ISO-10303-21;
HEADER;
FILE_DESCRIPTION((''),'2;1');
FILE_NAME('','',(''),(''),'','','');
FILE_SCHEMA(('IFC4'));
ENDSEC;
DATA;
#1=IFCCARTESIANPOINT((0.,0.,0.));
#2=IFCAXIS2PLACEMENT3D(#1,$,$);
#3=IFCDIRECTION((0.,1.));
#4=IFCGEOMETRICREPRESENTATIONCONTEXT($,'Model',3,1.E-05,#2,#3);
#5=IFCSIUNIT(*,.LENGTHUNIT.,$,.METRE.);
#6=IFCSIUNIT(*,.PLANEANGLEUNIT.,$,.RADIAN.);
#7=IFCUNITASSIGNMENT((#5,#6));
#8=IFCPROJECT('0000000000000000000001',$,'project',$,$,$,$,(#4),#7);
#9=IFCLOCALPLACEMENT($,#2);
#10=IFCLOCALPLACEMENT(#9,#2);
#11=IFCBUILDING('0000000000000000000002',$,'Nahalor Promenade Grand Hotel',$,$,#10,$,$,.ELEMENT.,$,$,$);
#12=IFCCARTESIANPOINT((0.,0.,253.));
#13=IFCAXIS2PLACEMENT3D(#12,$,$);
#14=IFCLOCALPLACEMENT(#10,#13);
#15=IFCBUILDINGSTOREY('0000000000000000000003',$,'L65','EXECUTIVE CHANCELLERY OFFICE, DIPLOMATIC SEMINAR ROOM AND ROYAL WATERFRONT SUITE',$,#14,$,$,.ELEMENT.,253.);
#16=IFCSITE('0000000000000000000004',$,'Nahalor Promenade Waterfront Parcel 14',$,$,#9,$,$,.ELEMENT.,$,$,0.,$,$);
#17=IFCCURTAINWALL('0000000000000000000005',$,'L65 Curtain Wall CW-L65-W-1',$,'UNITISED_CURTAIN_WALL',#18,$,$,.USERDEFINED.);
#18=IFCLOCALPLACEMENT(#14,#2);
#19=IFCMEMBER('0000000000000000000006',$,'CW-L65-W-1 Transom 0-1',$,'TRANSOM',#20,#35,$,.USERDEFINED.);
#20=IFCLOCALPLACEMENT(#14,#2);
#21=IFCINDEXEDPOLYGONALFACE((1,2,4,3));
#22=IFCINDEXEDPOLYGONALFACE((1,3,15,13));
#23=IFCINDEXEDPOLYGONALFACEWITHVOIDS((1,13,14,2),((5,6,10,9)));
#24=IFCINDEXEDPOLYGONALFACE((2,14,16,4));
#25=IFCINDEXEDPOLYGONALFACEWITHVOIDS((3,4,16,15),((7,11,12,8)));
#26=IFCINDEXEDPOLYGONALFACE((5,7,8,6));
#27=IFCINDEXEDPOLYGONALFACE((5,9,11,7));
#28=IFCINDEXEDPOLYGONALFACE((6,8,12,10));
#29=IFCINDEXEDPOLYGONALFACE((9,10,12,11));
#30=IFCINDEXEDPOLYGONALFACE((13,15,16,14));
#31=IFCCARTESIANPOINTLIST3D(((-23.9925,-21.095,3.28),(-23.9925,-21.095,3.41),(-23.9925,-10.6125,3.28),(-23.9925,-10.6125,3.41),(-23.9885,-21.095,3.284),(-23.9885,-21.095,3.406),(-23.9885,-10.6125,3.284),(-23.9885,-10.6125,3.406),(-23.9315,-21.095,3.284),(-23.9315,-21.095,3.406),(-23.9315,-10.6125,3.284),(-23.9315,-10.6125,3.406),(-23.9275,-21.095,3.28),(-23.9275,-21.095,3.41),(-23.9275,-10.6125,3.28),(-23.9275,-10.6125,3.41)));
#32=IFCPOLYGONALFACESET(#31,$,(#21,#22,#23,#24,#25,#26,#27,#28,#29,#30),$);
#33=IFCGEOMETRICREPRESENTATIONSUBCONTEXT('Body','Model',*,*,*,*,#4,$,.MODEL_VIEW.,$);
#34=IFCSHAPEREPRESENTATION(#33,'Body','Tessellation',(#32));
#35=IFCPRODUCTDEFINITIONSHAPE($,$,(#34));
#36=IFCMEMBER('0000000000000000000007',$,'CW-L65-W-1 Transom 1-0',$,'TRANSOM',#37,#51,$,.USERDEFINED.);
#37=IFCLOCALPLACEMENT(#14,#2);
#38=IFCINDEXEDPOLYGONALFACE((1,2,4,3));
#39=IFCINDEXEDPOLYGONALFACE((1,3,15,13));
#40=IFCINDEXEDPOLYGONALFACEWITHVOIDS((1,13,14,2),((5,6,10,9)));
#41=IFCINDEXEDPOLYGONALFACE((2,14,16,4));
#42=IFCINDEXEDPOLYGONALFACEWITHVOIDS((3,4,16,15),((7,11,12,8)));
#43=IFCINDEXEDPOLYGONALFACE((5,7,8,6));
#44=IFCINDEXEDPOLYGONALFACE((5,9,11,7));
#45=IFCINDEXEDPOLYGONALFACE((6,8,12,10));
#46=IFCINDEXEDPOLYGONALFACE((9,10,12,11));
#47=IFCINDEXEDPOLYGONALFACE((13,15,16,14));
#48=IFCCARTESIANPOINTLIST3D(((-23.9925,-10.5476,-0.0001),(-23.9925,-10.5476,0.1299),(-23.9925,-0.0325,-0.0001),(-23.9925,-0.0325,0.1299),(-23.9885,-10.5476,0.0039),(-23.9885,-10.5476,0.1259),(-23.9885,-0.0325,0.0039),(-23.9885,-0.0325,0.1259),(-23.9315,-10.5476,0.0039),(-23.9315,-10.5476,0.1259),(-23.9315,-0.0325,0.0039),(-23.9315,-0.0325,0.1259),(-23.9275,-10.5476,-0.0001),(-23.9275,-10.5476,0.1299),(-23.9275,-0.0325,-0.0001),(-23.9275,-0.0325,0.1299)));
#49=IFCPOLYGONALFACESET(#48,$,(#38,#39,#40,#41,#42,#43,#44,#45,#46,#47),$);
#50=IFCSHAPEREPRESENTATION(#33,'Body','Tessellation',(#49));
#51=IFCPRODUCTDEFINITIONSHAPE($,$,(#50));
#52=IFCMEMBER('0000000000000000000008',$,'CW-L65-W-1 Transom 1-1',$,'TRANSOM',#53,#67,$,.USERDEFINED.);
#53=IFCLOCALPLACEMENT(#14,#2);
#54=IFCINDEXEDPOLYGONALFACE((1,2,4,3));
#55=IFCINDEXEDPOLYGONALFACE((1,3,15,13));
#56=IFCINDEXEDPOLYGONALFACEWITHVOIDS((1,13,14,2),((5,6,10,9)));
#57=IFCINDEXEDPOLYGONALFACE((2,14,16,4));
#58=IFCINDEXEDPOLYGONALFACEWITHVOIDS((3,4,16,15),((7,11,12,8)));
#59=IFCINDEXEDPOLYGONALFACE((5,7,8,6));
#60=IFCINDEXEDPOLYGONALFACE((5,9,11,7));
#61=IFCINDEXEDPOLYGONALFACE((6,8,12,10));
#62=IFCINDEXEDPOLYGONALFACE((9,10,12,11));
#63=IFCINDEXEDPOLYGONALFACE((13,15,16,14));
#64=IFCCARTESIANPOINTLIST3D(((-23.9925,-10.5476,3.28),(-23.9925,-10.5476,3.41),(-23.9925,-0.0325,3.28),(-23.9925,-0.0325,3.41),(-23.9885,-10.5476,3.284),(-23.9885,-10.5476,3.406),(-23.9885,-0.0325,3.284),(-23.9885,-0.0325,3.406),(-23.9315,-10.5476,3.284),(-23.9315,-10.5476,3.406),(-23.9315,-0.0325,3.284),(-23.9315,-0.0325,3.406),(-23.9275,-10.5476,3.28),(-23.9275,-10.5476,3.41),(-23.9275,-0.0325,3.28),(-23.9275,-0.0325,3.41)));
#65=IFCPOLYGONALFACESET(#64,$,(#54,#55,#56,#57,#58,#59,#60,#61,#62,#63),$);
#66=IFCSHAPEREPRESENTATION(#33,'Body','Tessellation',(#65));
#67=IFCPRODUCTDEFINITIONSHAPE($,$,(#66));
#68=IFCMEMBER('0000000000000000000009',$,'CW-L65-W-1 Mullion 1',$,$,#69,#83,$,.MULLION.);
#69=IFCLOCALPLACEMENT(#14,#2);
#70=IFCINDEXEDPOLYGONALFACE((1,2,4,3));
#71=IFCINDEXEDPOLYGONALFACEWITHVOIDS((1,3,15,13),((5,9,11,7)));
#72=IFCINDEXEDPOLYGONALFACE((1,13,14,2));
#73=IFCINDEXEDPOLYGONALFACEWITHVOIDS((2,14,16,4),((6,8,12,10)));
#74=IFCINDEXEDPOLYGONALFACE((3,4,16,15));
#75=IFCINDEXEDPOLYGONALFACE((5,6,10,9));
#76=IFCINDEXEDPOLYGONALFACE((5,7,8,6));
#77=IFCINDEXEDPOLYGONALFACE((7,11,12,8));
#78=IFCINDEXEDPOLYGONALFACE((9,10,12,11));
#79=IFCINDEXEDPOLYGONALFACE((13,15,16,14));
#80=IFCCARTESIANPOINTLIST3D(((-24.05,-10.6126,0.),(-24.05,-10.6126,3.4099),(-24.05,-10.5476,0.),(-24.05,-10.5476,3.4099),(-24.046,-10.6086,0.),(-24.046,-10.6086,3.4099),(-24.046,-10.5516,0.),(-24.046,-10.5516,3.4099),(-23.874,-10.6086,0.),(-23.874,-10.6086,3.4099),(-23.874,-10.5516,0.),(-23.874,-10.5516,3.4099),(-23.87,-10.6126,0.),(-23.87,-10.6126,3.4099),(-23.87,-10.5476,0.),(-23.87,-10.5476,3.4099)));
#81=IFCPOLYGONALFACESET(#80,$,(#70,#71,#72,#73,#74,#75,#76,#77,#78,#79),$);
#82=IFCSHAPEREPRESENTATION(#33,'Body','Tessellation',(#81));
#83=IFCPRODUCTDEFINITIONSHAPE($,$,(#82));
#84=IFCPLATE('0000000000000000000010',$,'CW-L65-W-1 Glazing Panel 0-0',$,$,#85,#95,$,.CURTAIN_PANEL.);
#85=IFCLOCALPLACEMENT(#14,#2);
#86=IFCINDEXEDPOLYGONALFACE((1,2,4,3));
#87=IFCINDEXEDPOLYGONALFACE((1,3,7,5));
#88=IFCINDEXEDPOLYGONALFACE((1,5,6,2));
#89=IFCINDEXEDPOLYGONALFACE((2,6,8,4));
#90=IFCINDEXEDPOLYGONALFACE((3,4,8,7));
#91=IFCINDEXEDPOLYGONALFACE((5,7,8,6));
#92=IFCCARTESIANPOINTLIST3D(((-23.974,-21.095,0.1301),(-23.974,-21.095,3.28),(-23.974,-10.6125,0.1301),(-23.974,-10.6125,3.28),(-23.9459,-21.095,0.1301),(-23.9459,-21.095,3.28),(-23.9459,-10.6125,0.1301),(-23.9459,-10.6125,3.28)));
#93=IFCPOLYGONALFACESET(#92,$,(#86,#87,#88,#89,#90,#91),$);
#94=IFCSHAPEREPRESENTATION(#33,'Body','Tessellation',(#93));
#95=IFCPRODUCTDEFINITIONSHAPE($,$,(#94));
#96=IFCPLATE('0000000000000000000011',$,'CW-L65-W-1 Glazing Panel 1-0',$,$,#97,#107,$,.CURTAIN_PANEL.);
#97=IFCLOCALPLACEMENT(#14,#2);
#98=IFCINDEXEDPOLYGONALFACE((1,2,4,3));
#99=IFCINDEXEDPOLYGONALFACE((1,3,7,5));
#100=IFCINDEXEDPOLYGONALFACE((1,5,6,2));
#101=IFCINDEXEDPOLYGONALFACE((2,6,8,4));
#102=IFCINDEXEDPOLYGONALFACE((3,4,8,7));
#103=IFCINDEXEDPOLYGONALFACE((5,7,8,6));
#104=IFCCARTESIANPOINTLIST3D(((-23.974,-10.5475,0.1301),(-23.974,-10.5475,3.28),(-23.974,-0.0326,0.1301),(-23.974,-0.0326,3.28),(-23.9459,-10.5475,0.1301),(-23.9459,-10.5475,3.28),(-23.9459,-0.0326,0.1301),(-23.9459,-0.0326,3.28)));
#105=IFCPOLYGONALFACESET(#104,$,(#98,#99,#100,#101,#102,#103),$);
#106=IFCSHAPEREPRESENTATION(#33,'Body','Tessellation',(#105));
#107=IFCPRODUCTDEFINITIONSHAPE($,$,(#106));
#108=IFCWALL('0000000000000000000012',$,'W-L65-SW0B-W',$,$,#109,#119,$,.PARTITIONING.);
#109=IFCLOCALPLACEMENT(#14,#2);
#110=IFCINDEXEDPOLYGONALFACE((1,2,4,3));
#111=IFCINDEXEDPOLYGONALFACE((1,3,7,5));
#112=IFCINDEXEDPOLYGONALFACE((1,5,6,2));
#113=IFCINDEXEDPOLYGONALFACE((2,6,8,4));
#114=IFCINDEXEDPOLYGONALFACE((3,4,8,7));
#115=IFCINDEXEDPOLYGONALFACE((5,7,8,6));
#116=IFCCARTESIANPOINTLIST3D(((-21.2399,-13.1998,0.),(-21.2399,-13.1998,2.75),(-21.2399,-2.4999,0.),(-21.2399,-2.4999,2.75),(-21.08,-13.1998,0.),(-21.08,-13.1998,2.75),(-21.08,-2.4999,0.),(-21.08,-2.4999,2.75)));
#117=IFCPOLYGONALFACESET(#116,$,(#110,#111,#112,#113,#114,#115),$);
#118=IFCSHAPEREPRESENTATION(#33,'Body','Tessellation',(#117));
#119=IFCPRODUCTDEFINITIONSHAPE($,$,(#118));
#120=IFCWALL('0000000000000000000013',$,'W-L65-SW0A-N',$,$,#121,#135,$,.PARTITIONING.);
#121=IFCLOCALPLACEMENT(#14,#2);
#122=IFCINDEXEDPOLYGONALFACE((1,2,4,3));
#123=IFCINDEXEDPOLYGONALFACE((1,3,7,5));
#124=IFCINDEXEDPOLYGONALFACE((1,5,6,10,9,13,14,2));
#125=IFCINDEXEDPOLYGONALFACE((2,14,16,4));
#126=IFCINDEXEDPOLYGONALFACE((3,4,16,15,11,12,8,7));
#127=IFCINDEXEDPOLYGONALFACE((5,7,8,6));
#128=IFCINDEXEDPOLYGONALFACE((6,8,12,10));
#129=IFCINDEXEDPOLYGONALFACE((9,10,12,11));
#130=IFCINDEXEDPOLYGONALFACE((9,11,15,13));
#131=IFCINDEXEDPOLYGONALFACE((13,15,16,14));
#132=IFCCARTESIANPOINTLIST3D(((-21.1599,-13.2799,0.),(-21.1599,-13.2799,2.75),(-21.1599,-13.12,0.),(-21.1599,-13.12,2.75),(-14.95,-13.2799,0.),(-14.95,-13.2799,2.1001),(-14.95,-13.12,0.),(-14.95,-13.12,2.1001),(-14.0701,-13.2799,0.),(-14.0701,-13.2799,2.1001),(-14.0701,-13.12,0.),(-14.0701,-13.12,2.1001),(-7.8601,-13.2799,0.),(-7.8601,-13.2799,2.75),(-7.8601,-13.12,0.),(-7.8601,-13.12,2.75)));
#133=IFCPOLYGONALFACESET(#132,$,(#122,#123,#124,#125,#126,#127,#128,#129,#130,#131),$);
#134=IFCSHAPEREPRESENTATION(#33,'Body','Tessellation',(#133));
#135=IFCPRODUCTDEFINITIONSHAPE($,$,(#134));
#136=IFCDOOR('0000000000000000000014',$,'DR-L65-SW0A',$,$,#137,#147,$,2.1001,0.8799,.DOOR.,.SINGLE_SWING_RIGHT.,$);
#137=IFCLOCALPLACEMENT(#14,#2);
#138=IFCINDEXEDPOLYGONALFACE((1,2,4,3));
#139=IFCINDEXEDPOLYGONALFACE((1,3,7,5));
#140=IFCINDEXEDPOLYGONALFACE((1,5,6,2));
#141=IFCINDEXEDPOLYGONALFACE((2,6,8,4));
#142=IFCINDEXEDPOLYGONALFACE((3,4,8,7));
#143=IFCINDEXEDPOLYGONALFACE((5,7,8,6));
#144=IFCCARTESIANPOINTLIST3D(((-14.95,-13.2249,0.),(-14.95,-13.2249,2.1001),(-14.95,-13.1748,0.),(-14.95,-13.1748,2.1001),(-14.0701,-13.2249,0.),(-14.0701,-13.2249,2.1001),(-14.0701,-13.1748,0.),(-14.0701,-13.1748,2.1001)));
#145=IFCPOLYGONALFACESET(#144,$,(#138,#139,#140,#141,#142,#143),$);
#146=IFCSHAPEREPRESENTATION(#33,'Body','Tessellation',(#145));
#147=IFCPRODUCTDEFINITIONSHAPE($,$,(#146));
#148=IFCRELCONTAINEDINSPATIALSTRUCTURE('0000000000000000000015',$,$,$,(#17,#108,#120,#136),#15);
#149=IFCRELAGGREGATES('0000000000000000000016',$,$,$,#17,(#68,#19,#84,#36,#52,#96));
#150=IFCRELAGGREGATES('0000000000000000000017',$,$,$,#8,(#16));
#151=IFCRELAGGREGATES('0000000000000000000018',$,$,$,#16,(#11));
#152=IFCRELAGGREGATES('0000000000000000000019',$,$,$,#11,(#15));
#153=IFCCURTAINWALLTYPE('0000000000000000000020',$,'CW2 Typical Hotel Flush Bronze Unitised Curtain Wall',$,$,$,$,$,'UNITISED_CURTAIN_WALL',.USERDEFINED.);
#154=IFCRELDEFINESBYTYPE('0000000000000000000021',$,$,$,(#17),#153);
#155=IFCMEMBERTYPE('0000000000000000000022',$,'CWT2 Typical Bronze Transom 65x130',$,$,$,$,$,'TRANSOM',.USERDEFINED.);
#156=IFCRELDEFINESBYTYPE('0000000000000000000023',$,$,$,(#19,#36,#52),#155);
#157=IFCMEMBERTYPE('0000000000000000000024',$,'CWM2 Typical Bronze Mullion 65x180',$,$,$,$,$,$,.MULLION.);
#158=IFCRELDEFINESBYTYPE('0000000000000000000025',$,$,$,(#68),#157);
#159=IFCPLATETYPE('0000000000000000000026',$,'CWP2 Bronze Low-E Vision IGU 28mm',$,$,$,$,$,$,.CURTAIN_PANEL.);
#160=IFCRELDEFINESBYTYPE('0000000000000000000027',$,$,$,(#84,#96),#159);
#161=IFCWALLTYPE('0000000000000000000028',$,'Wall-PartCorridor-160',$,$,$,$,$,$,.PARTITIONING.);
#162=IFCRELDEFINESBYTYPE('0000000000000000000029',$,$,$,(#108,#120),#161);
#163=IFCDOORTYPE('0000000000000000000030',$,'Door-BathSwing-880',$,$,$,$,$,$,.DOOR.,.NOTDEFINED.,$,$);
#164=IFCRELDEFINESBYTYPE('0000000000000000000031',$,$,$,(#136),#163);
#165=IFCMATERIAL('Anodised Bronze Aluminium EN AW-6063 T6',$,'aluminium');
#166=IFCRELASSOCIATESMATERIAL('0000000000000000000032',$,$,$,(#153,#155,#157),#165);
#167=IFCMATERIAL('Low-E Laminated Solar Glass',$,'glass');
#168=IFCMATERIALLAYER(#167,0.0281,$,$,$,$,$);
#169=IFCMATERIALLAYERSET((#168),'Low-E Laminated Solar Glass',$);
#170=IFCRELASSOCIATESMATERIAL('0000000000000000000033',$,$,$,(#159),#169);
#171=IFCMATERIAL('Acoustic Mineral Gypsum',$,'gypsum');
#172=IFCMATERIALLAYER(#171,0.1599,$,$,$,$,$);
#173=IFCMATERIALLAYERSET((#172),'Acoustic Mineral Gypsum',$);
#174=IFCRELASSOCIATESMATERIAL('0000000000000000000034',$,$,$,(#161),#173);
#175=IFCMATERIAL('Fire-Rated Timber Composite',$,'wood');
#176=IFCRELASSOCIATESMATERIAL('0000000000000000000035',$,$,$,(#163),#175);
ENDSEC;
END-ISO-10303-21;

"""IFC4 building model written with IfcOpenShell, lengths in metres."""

from ifc_helpers import new_model, si_unit, direction, frame, frame_2d, origin, origin_2d, place, context, subcontext, project, spatial, rectangle, hollow_rectangle, extrude, source, transform, mapped, material, layer, layer_set, material_profile, profile_set, type_object, element, fill, aggregate, save


model = new_model("IFC4")

# Units and contexts
model_context = context("Model", 3, precision=1e-05, world=origin(), true_north=direction((0.0, 1.0)))
body_context = subcontext(model_context, "Body", "Model", "MODEL_VIEW")
ifc_project = project(units=[si_unit("LENGTHUNIT", "METRE"), si_unit("PLANEANGLEUNIT", "RADIAN")], contexts=[model_context])

# Site, building, storey
site_placement = place(None, origin())
site = spatial("IfcSite", under=ifc_project, at=site_placement, Name="Nahalor Promenade Waterfront Parcel 14", CompositionType="ELEMENT", RefElevation=0.0)
building_placement = place(site_placement, origin())
building = spatial("IfcBuilding", under=site, at=building_placement, Name="Nahalor Promenade Grand Hotel", CompositionType="ELEMENT")
storey_placement = place(building_placement, frame((0.0, 0.0, 253.0)))
storey = spatial("IfcBuildingStorey", under=building, at=storey_placement, Name="L65", Description="EXECUTIVE CHANCELLERY OFFICE, DIPLOMATIC SEMINAR ROOM AND ROYAL WATERFRONT SUITE", CompositionType="ELEMENT", Elevation=253.0)

# Curtain wall, members, plates
ifc_material_1 = material(Name="Anodised Bronze Aluminium EN AW-6063 T6", Category="aluminium")
curtain_wall_type = type_object("IfcCurtainWallType", Name="CW2 Typical Hotel Flush Bronze Unitised Curtain Wall", ElementType="UNITISED_CURTAIN_WALL", PredefinedType="USERDEFINED", material=ifc_material_1)
curtain_wall_placement = place(storey_placement, origin())
curtain_wall = element("IfcCurtainWall", 1, at=curtain_wall_placement, inside=storey, type_object=curtain_wall_type, Name="L65 Curtain Wall CW-L65-W-1", ObjectType="UNITISED_CURTAIN_WALL", PredefinedType="USERDEFINED")
ifc_material_profile_1 = material_profile(ifc_material_1, hollow_rectangle(XDim=0.065, YDim=0.13, WallThickness=0.004, at=origin_2d()), Name="CWT 65x130x4")
ifc_profile_set_1 = profile_set([ifc_material_profile_1], Name="Anodised Bronze Aluminium EN AW-6063 T6")
member_type_1 = type_object("IfcMemberType", Name="CWT2 Typical Bronze Transom 65x130", ElementType="TRANSOM", PredefinedType="USERDEFINED", material=ifc_profile_set_1)
shared_shape_1 = source(origin(), body_context, "Body", "SweptSolid", [
    extrude(hollow_rectangle(XDim=0.065, YDim=0.13, WallThickness=0.004, at=origin_2d()), origin(), (0.0, 0.0, 1.0), 10.4824),
])
member_1_placement = place(storey_placement, frame((-23.96, -21.095, 3.345), z_axis=(0.0, 1.0, 0.0), x_axis=(-1.0, 0.0, 0.0)))
member_1 = element("IfcMember", 2, at=member_1_placement, type_object=member_type_1, Name="CW-L65-W-1 Transom 0-1", ObjectType="TRANSOM", PredefinedType="USERDEFINED", context=body_context, shape_type="MappedRepresentation", body=[
    mapped(shared_shape_1, transform((0.0, 0.0, 0.0), scale=1.0)),
])
shared_shape_2 = source(origin(), body_context, "Body", "SweptSolid", [
    extrude(hollow_rectangle(XDim=0.065, YDim=0.13, WallThickness=0.004, at=origin_2d()), origin(), (0.0, 0.0, 1.0), 10.5151),
])
member_2_placement = place(storey_placement, frame((-23.96, -10.5476, 0.0649), z_axis=(0.0, 1.0, 0.0), x_axis=(-1.0, 0.0, 0.0)))
member_2 = element("IfcMember", 3, at=member_2_placement, type_object=member_type_1, Name="CW-L65-W-1 Transom 1-0", ObjectType="TRANSOM", PredefinedType="USERDEFINED", context=body_context, shape_type="MappedRepresentation", body=[
    mapped(shared_shape_2, transform((0.0, 0.0, 0.0), scale=1.0)),
])
member_3_placement = place(storey_placement, frame((-23.96, -10.5476, 3.345), z_axis=(0.0, 1.0, 0.0), x_axis=(-1.0, 0.0, 0.0)))
member_3 = element("IfcMember", 4, at=member_3_placement, type_object=member_type_1, Name="CW-L65-W-1 Transom 1-1", ObjectType="TRANSOM", PredefinedType="USERDEFINED", context=body_context, shape_type="MappedRepresentation", body=[
    mapped(shared_shape_2, transform((0.0, 0.0, 0.0), scale=1.0)),
])
ifc_material_profile_2 = material_profile(ifc_material_1, hollow_rectangle(XDim=0.065, YDim=0.18, WallThickness=0.004, at=origin_2d()), Name="CWM 65x180x4")
ifc_profile_set_2 = profile_set([ifc_material_profile_2], Name="Anodised Bronze Aluminium EN AW-6063 T6")
member_type_2 = type_object("IfcMemberType", Name="CWM2 Typical Bronze Mullion 65x180", PredefinedType="MULLION", material=ifc_profile_set_2)
shared_shape_3 = source(origin(), body_context, "Body", "SweptSolid", [
    extrude(hollow_rectangle(XDim=0.065, YDim=0.18, WallThickness=0.004, at=origin_2d()), origin(), (0.0, 0.0, 1.0), 3.4099),
])
member_4_placement = place(storey_placement, frame((-23.96, -10.5801, 0.0), z_axis=(0.0, 0.0, 1.0), x_axis=(0.0, 1.0, 0.0)))
member_4 = element("IfcMember", 5, at=member_4_placement, type_object=member_type_2, Name="CW-L65-W-1 Mullion 1", PredefinedType="MULLION", context=body_context, shape_type="MappedRepresentation", body=[
    mapped(shared_shape_3, transform((0.0, 0.0, 0.0), scale=1.0)),
])
ifc_material_2 = material(Name="Low-E Laminated Solar Glass", Category="glass")
ifc_layer_1 = layer(ifc_material_2, 0.0281)
ifc_layer_set_1 = layer_set([ifc_layer_1], Name="Low-E Laminated Solar Glass")
plate_type = type_object("IfcPlateType", Name="CWP2 Bronze Low-E Vision IGU 28mm", PredefinedType="CURTAIN_PANEL", material=ifc_layer_set_1)
shared_shape_4 = source(origin(), body_context, "Body", "SweptSolid", [
    extrude(rectangle(XDim=10.4824, YDim=0.0281, at=origin_2d()), origin(), (0.0, 0.0, 1.0), 3.1499),
])
plate_1_placement = place(storey_placement, frame((-23.96, -15.8538, 0.1301), z_axis=(0.0, 0.0, 1.0), x_axis=(0.0, 1.0, 0.0)))
plate_1 = element("IfcPlate", 6, at=plate_1_placement, type_object=plate_type, Name="CW-L65-W-1 Glazing Panel 0-0", PredefinedType="CURTAIN_PANEL", context=body_context, shape_type="MappedRepresentation", body=[
    mapped(shared_shape_4, transform((0.0, 0.0, 0.0), scale=1.0)),
])
shared_shape_5 = source(origin(), body_context, "Body", "SweptSolid", [
    extrude(rectangle(XDim=10.5149, YDim=0.0281, at=origin_2d()), origin(), (0.0, 0.0, 1.0), 3.1499),
])
plate_2_placement = place(storey_placement, frame((-23.96, -5.29, 0.1301), z_axis=(0.0, 0.0, 1.0), x_axis=(0.0, 1.0, 0.0)))
plate_2 = element("IfcPlate", 7, at=plate_2_placement, type_object=plate_type, Name="CW-L65-W-1 Glazing Panel 1-0", PredefinedType="CURTAIN_PANEL", context=body_context, shape_type="MappedRepresentation", body=[
    mapped(shared_shape_5, transform((0.0, 0.0, 0.0), scale=1.0)),
])
aggregate(curtain_wall, [member_4, member_1, plate_1, member_2, member_3, plate_2])

# Wall
ifc_material_3 = material(Name="Acoustic Mineral Gypsum", Category="gypsum")
ifc_layer_2 = layer(ifc_material_3, 0.1599)
ifc_layer_set_2 = layer_set([ifc_layer_2], Name="Acoustic Mineral Gypsum")
wall_type = type_object("IfcWallType", Name="Wall-PartCorridor-160", PredefinedType="PARTITIONING", material=ifc_layer_set_2)
shared_shape_6 = source(origin(), body_context, "Body", "SweptSolid", [
    extrude(rectangle(XDim=10.7, YDim=0.1599, at=frame_2d((5.3501, 0.0))), origin(), (0.0, 0.0, 1.0), 2.75),
])
wall_1_placement = place(storey_placement, frame((-21.1599, -13.2, 0.0), z_axis=(0.0, 0.0, 1.0), x_axis=(0.0, 1.0, 0.0)))
element("IfcWall", 8, at=wall_1_placement, inside=storey, type_object=wall_type, Name="W-L65-SW0B-W", PredefinedType="PARTITIONING", context=body_context, shape_type="MappedRepresentation", body=[
    mapped(shared_shape_6, transform((0.0, 0.0, 0.0), scale=1.0)),
])

# Wall, opening, door
shared_shape_7 = source(origin(), body_context, "Body", "SweptSolid", [
    extrude(rectangle(XDim=13.2998, YDim=0.1599, at=frame_2d((6.6499, 0.0))), origin(), (0.0, 0.0, 1.0), 2.75),
])
wall_2_placement = place(storey_placement, frame((-21.1599, -13.2, 0.0), z_axis=(0.0, 0.0, 1.0), x_axis=(1.0, 0.0, 0.0)))
wall_2 = element("IfcWall", 9, at=wall_2_placement, inside=storey, type_object=wall_type, Name="W-L65-SW0A-N", PredefinedType="PARTITIONING", context=body_context, shape_type="MappedRepresentation", body=[
    mapped(shared_shape_7, transform((0.0, 0.0, 0.0), scale=1.0)),
])
opening_placement = place(wall_2_placement, frame((6.21, 0.0, 0.0)))
opening = element("IfcOpeningElement", 10, at=opening_placement, cuts=wall_2, PredefinedType="OPENING", context=body_context, shape_type="SweptSolid", body=[
    extrude(rectangle(XDim=0.8799, YDim=2.1001, at=frame_2d((0.4399, 1.05))), frame((0.0, 0.0898, 0.0), z_axis=(0.0, -1.0, 0.0), x_axis=(1.0, 0.0, 0.0)), (0.0, 0.0, 1.0), 0.1799),
])
ifc_material_4 = material(Name="Fire-Rated Timber Composite", Category="wood")
door_type = type_object("IfcDoorType", Name="Door-BathSwing-880", OperationType="NOTDEFINED", PredefinedType="DOOR", material=ifc_material_4)
shared_shape_8 = source(origin(), body_context, "Body", "SweptSolid", [
    extrude(rectangle(XDim=0.8799, YDim=2.1001, at=frame_2d((0.4399, 1.05))), frame((0.0, 0.0249, 0.0), z_axis=(0.0, -1.0, 0.0), x_axis=(1.0, 0.0, 0.0)), (0.0, 0.0, 1.0), 0.05),
])
door_placement = place(opening_placement, frame((0.8799, 0.0, 0.0), z_axis=(0.0, 0.0, 1.0), x_axis=(-1.0, 0.0, 0.0)))
door = element("IfcDoor", 11, at=door_placement, inside=storey, type_object=door_type, Name="DR-L65-SW0A", OperationType="SINGLE_SWING_RIGHT", OverallHeight=2.1001, OverallWidth=0.8799, PredefinedType="DOOR", context=body_context, shape_type="MappedRepresentation", body=[
    mapped(shared_shape_8, transform((0.0, 0.0, 0.0), scale=1.0)),
])
fill(opening, door)

save(model, "model.ifc")
